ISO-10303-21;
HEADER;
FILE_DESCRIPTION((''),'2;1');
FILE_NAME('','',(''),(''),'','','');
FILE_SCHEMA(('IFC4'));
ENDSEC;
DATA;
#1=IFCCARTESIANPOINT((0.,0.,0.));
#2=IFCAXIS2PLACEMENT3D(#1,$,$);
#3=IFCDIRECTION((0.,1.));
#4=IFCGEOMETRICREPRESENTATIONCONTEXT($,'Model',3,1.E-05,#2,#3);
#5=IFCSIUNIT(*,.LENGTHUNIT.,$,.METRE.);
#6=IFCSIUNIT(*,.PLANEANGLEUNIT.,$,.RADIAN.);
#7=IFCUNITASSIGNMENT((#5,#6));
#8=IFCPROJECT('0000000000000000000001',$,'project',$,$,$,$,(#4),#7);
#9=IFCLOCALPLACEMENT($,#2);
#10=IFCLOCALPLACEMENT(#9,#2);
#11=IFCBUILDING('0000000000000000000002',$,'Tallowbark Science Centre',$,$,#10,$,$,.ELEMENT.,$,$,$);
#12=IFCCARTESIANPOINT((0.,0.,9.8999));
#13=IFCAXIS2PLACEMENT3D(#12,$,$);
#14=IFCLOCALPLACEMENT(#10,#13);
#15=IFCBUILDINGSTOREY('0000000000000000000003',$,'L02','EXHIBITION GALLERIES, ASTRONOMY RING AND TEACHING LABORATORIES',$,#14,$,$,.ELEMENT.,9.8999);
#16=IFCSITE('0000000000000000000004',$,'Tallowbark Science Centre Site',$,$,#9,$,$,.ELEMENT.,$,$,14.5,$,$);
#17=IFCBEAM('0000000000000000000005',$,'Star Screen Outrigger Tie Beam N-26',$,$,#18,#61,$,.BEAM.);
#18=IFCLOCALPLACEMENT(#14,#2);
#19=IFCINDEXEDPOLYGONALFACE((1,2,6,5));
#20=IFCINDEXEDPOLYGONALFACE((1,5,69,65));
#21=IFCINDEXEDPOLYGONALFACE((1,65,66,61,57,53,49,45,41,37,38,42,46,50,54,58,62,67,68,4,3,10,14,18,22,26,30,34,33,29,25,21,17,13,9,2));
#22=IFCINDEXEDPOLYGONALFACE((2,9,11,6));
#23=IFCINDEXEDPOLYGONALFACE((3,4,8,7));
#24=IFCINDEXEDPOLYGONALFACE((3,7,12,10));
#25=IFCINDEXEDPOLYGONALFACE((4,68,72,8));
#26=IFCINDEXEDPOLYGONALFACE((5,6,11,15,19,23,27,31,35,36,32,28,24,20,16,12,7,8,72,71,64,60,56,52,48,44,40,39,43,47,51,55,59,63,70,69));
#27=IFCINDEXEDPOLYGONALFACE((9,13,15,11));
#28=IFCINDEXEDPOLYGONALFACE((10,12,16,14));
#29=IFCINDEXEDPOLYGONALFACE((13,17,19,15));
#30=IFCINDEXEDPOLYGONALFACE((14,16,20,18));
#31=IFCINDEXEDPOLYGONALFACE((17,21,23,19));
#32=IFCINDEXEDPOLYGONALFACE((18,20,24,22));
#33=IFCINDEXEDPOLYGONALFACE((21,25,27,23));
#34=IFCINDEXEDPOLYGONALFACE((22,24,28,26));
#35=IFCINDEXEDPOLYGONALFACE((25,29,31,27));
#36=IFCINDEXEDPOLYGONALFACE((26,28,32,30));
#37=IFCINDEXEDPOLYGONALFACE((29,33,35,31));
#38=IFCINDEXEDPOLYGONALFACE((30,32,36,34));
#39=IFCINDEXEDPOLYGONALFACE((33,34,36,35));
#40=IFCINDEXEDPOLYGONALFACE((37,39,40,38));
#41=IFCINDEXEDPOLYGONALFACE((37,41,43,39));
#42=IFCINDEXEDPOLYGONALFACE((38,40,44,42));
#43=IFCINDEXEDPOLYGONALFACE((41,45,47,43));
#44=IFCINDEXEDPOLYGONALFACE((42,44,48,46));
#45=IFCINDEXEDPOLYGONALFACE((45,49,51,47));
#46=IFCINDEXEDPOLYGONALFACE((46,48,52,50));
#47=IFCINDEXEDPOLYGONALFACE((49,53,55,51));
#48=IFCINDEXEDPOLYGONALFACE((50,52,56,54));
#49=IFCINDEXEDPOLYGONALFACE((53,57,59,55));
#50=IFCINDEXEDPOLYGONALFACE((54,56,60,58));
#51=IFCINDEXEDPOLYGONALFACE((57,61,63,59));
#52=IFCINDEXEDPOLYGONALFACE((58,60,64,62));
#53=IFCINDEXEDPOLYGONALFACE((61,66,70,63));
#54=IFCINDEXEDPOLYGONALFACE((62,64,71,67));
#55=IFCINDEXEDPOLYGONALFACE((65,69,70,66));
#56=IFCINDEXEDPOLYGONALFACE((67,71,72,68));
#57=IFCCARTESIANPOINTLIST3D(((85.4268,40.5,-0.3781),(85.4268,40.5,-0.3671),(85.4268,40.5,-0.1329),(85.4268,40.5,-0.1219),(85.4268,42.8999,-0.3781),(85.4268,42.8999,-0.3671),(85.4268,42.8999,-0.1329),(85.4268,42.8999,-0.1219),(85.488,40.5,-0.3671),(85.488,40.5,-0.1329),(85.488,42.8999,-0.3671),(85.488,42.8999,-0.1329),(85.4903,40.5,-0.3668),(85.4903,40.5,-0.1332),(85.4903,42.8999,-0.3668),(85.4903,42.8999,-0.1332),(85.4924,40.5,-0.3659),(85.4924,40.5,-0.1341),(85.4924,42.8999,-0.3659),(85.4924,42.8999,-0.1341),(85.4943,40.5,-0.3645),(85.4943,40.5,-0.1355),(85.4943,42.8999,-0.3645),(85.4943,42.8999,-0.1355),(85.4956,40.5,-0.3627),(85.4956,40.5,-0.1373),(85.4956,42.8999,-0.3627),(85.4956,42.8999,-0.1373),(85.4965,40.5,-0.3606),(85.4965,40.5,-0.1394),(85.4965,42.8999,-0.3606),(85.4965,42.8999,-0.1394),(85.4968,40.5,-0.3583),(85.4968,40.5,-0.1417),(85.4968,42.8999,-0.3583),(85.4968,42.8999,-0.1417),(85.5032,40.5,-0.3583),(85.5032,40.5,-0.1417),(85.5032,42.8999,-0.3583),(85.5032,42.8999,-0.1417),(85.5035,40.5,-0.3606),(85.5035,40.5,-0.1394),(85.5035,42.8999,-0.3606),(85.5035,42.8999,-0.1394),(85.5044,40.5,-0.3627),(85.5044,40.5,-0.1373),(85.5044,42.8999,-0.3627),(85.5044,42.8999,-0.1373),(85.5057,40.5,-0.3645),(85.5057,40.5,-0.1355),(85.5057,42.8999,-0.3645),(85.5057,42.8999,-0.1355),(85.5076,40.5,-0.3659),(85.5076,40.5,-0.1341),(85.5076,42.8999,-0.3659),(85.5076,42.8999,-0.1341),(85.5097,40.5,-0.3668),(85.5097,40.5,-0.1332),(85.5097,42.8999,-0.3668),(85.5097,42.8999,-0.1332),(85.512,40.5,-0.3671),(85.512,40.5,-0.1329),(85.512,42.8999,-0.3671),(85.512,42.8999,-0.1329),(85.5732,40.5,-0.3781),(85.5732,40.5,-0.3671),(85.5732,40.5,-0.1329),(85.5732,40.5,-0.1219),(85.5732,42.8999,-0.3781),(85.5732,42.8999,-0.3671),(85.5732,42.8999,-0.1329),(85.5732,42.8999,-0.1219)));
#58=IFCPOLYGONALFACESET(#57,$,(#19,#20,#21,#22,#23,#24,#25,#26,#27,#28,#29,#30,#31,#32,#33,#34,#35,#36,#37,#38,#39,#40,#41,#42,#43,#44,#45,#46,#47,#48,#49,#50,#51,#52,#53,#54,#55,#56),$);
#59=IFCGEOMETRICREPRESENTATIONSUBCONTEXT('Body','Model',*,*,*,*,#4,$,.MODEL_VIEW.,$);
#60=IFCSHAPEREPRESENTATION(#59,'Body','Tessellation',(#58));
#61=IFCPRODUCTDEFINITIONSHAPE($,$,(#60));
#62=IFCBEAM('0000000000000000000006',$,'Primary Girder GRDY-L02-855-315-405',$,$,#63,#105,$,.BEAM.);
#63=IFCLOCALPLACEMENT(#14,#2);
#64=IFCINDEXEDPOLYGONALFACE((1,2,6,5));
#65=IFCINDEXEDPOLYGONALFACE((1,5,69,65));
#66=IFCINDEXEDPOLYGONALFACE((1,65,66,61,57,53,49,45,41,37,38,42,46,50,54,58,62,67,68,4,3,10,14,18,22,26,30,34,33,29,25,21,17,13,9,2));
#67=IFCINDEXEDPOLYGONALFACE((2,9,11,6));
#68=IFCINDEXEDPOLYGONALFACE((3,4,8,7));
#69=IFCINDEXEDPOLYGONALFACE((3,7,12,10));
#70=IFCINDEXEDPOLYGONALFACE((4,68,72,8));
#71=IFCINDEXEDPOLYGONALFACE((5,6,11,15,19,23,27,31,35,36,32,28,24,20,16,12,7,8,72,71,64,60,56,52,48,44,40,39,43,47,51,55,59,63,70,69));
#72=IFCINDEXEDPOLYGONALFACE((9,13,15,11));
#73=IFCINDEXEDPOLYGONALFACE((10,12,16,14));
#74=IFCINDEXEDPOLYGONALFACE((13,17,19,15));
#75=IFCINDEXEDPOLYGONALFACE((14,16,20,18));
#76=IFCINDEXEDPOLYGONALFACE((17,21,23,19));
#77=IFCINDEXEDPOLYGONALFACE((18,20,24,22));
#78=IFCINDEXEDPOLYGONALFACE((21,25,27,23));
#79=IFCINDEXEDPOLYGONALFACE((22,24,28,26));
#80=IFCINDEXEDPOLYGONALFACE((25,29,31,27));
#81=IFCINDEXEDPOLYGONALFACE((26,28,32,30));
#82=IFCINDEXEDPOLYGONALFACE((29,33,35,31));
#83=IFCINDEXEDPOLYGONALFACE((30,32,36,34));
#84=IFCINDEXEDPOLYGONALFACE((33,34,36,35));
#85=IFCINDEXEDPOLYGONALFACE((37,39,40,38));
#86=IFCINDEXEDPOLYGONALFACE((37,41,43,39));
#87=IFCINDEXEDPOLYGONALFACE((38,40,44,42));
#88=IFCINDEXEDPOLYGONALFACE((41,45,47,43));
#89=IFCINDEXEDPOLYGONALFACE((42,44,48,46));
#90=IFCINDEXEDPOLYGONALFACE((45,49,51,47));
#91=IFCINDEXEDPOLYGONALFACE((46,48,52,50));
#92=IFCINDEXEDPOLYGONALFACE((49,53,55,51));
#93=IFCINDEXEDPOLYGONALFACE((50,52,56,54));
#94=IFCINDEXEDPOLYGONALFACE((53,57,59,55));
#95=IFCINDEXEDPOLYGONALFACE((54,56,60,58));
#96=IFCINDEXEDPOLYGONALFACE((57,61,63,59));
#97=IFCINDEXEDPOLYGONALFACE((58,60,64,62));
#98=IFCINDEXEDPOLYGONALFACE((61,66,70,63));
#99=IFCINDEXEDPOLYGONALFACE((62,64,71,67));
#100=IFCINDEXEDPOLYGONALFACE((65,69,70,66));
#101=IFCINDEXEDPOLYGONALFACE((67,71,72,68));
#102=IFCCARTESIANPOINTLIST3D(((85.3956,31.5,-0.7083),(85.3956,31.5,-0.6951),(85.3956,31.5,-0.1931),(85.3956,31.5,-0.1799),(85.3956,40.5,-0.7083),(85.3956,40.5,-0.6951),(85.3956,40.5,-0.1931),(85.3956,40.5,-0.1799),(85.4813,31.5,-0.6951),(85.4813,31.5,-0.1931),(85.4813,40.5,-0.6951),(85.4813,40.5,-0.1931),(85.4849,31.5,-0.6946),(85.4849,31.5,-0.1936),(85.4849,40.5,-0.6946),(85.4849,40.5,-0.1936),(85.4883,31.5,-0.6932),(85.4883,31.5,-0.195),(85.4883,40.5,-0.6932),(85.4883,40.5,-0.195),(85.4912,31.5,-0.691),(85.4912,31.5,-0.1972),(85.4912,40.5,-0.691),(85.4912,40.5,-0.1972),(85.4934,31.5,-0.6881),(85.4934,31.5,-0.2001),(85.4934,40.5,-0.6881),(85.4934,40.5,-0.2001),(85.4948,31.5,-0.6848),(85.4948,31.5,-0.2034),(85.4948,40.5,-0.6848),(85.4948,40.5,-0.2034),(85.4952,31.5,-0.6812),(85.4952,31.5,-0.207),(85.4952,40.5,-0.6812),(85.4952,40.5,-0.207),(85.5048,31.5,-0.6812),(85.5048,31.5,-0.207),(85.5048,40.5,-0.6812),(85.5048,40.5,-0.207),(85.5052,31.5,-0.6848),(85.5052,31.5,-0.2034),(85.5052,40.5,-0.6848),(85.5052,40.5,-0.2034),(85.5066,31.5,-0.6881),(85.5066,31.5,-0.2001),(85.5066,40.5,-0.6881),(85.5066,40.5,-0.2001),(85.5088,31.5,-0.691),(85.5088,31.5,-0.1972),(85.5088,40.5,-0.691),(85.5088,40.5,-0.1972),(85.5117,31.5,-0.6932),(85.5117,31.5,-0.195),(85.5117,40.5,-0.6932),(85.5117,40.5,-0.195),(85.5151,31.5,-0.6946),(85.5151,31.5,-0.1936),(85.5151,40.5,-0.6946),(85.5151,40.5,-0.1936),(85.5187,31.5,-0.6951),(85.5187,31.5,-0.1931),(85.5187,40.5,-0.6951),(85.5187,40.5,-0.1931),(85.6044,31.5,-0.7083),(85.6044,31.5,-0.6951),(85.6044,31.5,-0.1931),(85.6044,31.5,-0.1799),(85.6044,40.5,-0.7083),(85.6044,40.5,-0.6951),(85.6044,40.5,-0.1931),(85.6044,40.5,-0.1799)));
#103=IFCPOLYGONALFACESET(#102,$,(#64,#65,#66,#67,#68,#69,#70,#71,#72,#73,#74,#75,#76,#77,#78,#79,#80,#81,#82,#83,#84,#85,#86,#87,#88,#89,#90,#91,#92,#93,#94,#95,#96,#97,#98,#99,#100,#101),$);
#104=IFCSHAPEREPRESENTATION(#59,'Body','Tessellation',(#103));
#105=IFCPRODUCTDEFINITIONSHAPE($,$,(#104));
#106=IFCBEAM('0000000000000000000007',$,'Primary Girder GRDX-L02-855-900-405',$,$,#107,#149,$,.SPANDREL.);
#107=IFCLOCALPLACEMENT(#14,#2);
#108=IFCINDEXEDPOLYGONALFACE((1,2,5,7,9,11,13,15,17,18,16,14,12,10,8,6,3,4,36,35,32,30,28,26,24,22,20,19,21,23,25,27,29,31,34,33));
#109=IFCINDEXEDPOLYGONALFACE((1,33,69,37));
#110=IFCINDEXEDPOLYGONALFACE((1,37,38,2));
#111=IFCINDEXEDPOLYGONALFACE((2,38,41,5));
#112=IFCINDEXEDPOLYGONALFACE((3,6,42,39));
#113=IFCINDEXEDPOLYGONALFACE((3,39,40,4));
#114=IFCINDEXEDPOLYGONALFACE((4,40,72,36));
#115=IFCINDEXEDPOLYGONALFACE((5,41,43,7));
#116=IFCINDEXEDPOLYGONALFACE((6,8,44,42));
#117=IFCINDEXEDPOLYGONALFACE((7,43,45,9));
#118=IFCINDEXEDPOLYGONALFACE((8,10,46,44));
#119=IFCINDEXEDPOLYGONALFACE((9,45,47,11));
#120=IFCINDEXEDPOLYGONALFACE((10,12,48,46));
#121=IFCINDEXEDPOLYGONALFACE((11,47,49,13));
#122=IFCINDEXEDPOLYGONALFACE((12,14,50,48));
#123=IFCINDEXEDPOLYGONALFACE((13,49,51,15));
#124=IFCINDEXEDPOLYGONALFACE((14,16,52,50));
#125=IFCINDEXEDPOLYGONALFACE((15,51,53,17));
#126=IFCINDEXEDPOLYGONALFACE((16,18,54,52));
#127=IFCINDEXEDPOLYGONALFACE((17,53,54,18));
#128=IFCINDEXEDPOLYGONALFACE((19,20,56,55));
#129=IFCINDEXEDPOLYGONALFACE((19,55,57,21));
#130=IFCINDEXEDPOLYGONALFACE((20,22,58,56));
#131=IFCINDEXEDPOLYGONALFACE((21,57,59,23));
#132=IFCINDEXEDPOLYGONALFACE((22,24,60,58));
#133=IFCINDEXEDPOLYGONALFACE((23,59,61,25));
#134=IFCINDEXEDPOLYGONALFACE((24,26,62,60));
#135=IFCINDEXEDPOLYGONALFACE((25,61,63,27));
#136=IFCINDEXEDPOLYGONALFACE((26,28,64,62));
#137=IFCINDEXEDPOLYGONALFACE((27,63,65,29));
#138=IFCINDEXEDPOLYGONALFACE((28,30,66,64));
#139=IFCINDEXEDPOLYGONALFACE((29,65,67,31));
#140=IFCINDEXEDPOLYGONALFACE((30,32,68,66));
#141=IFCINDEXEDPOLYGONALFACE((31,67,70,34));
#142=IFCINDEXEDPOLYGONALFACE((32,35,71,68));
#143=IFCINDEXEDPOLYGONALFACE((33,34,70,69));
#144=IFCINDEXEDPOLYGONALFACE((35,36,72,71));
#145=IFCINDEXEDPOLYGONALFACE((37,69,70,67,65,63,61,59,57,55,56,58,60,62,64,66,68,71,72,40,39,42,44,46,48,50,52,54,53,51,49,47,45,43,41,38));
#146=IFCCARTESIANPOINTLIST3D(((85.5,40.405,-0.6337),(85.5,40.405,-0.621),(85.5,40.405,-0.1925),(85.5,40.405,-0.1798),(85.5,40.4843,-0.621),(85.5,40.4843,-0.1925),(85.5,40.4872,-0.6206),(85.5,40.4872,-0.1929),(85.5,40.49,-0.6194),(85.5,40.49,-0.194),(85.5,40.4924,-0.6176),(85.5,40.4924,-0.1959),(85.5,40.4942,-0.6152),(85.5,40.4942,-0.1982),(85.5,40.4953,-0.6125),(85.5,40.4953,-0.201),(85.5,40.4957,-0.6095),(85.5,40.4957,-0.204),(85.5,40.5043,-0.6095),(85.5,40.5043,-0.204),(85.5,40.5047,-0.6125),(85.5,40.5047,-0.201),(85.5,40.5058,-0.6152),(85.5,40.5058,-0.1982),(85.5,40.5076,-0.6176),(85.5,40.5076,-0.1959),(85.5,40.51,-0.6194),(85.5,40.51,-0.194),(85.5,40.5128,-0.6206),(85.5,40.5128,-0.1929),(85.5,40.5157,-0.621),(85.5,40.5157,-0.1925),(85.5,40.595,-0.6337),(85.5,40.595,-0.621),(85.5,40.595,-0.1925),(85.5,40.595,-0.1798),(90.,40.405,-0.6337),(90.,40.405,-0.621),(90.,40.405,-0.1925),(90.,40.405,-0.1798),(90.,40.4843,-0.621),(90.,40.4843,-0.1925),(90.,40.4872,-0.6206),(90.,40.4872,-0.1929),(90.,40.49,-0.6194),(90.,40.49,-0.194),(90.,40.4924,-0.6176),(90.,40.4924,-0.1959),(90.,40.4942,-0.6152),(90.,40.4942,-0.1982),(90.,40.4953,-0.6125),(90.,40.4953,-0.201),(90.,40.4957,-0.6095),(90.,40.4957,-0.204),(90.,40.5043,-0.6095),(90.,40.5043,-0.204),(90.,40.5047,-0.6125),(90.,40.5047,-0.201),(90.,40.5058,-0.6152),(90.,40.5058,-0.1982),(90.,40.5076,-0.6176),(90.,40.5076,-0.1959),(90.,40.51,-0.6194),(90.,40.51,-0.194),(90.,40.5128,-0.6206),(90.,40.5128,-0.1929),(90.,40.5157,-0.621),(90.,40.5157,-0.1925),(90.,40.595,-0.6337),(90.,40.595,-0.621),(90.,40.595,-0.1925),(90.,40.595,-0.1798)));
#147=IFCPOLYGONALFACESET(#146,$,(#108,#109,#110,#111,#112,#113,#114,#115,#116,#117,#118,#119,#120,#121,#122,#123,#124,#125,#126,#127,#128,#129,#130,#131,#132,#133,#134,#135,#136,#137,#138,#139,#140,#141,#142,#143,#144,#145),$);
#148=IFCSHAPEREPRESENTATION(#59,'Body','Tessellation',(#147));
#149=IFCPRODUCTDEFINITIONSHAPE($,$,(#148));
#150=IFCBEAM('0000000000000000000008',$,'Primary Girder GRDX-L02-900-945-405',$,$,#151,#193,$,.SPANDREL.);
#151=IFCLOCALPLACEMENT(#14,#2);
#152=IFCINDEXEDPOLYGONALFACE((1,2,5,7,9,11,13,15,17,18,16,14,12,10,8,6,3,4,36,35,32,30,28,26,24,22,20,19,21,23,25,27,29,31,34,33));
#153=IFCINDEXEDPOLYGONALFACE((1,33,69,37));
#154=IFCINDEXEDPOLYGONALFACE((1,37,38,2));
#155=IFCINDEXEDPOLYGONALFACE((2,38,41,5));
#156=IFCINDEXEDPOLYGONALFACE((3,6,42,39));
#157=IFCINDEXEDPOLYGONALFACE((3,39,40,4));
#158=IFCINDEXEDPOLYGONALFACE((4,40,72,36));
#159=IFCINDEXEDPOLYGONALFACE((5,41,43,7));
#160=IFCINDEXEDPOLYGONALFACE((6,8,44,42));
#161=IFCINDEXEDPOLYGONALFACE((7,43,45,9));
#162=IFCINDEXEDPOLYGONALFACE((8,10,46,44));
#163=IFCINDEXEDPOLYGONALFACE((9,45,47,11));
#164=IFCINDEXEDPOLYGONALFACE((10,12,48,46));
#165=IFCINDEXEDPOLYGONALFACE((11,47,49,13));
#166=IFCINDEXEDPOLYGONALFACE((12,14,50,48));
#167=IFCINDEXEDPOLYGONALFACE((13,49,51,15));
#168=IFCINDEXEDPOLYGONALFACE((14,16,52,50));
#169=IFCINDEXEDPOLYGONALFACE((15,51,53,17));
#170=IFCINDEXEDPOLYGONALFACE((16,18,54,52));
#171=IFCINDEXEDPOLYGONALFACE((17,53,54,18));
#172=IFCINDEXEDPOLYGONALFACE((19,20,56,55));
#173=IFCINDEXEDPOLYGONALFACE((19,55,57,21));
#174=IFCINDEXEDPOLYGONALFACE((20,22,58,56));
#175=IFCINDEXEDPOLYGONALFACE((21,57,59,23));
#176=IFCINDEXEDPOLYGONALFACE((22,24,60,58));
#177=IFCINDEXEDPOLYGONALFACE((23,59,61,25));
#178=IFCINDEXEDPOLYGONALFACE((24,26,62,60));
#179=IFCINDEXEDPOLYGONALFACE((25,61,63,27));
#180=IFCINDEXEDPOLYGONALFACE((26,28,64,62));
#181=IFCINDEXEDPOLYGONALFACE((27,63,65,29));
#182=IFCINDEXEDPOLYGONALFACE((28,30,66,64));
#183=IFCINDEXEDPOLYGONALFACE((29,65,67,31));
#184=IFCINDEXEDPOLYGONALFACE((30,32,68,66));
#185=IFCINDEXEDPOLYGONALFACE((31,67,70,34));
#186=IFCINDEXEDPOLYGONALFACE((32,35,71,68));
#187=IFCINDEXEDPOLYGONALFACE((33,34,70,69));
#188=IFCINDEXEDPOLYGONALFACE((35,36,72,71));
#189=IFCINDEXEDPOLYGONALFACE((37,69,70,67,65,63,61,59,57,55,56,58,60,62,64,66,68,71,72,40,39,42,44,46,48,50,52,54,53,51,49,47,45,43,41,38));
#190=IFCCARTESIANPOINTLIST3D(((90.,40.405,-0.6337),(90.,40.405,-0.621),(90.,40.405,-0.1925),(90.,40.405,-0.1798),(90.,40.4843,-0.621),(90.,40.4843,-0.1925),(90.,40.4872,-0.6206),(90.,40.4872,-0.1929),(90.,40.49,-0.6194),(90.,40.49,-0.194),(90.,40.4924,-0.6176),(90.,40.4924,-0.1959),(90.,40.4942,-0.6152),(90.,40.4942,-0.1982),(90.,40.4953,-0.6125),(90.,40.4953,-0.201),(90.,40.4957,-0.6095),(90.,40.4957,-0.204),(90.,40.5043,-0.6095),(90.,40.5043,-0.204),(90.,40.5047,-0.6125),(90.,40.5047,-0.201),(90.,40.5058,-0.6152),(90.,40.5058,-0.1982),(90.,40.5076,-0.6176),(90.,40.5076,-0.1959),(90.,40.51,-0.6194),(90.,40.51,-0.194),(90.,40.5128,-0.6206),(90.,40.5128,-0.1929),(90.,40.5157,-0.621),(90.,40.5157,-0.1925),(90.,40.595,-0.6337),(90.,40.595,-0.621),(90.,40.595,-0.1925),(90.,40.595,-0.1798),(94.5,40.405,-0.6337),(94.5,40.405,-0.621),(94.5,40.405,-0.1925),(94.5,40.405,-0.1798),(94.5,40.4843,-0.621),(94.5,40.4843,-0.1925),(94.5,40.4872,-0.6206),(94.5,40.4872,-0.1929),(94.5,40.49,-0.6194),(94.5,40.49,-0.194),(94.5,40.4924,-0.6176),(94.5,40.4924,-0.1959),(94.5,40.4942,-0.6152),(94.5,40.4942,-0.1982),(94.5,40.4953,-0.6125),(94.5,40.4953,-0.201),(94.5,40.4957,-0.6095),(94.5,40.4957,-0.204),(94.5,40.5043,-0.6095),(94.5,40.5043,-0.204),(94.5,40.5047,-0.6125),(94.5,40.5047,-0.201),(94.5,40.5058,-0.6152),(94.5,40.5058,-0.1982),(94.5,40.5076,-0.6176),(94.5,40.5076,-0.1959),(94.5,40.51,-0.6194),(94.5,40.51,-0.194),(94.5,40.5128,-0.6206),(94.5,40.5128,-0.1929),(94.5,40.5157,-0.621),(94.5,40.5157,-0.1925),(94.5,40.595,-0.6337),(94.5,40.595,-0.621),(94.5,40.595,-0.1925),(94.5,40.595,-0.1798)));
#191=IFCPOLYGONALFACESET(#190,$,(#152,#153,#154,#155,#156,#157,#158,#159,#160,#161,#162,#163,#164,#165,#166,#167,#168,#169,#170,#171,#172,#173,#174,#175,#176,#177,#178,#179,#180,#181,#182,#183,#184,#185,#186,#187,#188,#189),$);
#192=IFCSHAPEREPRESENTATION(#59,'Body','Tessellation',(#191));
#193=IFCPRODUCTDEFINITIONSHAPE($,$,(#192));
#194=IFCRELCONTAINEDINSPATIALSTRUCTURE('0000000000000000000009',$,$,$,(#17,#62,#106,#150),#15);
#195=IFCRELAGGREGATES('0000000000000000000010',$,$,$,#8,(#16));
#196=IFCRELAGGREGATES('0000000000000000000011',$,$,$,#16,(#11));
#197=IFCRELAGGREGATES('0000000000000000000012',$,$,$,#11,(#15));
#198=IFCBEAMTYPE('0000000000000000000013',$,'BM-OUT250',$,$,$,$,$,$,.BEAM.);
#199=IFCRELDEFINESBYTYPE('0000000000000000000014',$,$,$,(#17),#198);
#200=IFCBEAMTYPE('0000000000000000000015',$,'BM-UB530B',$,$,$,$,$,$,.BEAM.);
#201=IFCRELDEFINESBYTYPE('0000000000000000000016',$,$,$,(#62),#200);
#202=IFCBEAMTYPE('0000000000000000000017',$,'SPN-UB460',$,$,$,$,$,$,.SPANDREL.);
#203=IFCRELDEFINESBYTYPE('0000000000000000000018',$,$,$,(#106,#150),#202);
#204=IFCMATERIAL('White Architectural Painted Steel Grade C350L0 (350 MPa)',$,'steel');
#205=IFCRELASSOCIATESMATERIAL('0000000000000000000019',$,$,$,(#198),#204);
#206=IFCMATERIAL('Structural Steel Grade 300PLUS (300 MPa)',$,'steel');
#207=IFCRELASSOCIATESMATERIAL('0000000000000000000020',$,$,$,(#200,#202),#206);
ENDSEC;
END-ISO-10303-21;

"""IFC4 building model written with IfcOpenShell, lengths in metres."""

from ifc_helpers import new_model, si_unit, direction, frame, origin, origin_2d, place, context, subcontext, project, spatial, i_section, extrude, material, material_profile, profile_set, type_object, element, save


model = new_model("IFC4")

# Units and contexts
model_context = context("Model", 3, precision=1e-05, world=origin(), true_north=direction((0.0, 1.0)))
body_context = subcontext(model_context, "Body", "Model", "MODEL_VIEW")
ifc_project = project(units=[si_unit("LENGTHUNIT", "METRE"), si_unit("PLANEANGLEUNIT", "RADIAN")], contexts=[model_context])

# Site, building, storey
site_placement = place(None, origin())
site = spatial("IfcSite", under=ifc_project, at=site_placement, Name="Tallowbark Science Centre Site", CompositionType="ELEMENT", RefElevation=14.5)
building_placement = place(site_placement, origin())
building = spatial("IfcBuilding", under=site, at=building_placement, Name="Tallowbark Science Centre", CompositionType="ELEMENT")
storey_placement = place(building_placement, frame((0.0, 0.0, 9.8999)))
storey = spatial("IfcBuildingStorey", under=building, at=storey_placement, Name="L02", Description="EXHIBITION GALLERIES, ASTRONOMY RING AND TEACHING LABORATORIES", CompositionType="ELEMENT", Elevation=9.8999)

# Shared definitions
ifc_material_1 = material(Name="Structural Steel Grade 300PLUS (300 MPa)", Category="steel")

# Beams
ifc_material_2 = material(Name="White Architectural Painted Steel Grade C350L0 (350 MPa)", Category="steel")
ifc_material_profile_1 = material_profile(ifc_material_2, i_section(OverallWidth=0.1465, OverallDepth=0.2561, WebThickness=0.0063, FlangeThickness=0.011, FilletRadius=0.0088, at=origin_2d()), Name="250UB37.3")
ifc_profile_set_1 = profile_set([ifc_material_profile_1], Name="White Architectural Painted Steel Grade C350L0 (350 MPa)")
beam_type_1 = type_object("IfcBeamType", Name="BM-OUT250", PredefinedType="BEAM", material=ifc_profile_set_1)
beam_1_placement = place(storey_placement, frame((85.5, 40.5, -0.25), z_axis=(0.0, 1.0, 0.0), x_axis=(-1.0, 0.0, 0.0)))
element("IfcBeam", 1, at=beam_1_placement, inside=storey, type_object=beam_type_1, Name="Star Screen Outrigger Tie Beam N-26", PredefinedType="BEAM", context=body_context, shape_type="SweptSolid", body=[
    extrude(i_section(OverallWidth=0.1465, OverallDepth=0.2561, WebThickness=0.0063, FlangeThickness=0.011, FilletRadius=0.0088, at=origin_2d()), origin(), (0.0, 0.0, 1.0), 2.3999),
])
ifc_material_profile_2 = material_profile(ifc_material_1, i_section(OverallWidth=0.2087, OverallDepth=0.5283, WebThickness=0.0095, FlangeThickness=0.0132, FilletRadius=0.0139, at=origin_2d()), Name="530UB82.0")
ifc_profile_set_2 = profile_set([ifc_material_profile_2], Name="Structural Steel Grade 300PLUS (300 MPa)")
beam_type_2 = type_object("IfcBeamType", Name="BM-UB530B", PredefinedType="BEAM", material=ifc_profile_set_2)
beam_2_placement = place(storey_placement, frame((85.5, 31.5, -0.4441), z_axis=(0.0, 1.0, 0.0), x_axis=(-1.0, 0.0, 0.0)))
element("IfcBeam", 2, at=beam_2_placement, inside=storey, type_object=beam_type_2, Name="Primary Girder GRDY-L02-855-315-405", PredefinedType="BEAM", context=body_context, shape_type="SweptSolid", body=[
    extrude(i_section(OverallWidth=0.2087, OverallDepth=0.5283, WebThickness=0.0095, FlangeThickness=0.0132, FilletRadius=0.0139, at=origin_2d()), origin(), (0.0, 0.0, 1.0), 9.0),
])
ifc_material_profile_3 = material_profile(ifc_material_1, i_section(OverallWidth=0.1899, OverallDepth=0.4539, WebThickness=0.0085, FlangeThickness=0.0127, FilletRadius=0.0115, at=origin_2d()), Name="460UB67.1")
ifc_profile_set_3 = profile_set([ifc_material_profile_3], Name="Structural Steel Grade 300PLUS (300 MPa)")
beam_type_3 = type_object("IfcBeamType", Name="SPN-UB460", PredefinedType="SPANDREL", material=ifc_profile_set_3)
for number, where, z_axis, x_axis, name in (
    (3, (85.5, 40.5, -0.4067), (1.0, 0.0, 0.0), (0.0, 1.0, 0.0), "Primary Girder GRDX-L02-855-900-405"),
    (4, (90.0, 40.5, -0.4067), (1.0, 0.0, 0.0), (0.0, 1.0, 0.0), "Primary Girder GRDX-L02-900-945-405"),
):
    element("IfcBeam", number, at=place(storey_placement, frame(where, z_axis=z_axis, x_axis=x_axis)), inside=storey, type_object=beam_type_3, Name=name, PredefinedType="SPANDREL", context=body_context, shape_type="SweptSolid", body=[
        extrude(i_section(OverallWidth=0.1899, OverallDepth=0.4539, WebThickness=0.0085, FlangeThickness=0.0127, FilletRadius=0.0115, at=origin_2d()), origin(), (0.0, 0.0, 1.0), 4.5),
    ])

save(model, "model.ifc")
